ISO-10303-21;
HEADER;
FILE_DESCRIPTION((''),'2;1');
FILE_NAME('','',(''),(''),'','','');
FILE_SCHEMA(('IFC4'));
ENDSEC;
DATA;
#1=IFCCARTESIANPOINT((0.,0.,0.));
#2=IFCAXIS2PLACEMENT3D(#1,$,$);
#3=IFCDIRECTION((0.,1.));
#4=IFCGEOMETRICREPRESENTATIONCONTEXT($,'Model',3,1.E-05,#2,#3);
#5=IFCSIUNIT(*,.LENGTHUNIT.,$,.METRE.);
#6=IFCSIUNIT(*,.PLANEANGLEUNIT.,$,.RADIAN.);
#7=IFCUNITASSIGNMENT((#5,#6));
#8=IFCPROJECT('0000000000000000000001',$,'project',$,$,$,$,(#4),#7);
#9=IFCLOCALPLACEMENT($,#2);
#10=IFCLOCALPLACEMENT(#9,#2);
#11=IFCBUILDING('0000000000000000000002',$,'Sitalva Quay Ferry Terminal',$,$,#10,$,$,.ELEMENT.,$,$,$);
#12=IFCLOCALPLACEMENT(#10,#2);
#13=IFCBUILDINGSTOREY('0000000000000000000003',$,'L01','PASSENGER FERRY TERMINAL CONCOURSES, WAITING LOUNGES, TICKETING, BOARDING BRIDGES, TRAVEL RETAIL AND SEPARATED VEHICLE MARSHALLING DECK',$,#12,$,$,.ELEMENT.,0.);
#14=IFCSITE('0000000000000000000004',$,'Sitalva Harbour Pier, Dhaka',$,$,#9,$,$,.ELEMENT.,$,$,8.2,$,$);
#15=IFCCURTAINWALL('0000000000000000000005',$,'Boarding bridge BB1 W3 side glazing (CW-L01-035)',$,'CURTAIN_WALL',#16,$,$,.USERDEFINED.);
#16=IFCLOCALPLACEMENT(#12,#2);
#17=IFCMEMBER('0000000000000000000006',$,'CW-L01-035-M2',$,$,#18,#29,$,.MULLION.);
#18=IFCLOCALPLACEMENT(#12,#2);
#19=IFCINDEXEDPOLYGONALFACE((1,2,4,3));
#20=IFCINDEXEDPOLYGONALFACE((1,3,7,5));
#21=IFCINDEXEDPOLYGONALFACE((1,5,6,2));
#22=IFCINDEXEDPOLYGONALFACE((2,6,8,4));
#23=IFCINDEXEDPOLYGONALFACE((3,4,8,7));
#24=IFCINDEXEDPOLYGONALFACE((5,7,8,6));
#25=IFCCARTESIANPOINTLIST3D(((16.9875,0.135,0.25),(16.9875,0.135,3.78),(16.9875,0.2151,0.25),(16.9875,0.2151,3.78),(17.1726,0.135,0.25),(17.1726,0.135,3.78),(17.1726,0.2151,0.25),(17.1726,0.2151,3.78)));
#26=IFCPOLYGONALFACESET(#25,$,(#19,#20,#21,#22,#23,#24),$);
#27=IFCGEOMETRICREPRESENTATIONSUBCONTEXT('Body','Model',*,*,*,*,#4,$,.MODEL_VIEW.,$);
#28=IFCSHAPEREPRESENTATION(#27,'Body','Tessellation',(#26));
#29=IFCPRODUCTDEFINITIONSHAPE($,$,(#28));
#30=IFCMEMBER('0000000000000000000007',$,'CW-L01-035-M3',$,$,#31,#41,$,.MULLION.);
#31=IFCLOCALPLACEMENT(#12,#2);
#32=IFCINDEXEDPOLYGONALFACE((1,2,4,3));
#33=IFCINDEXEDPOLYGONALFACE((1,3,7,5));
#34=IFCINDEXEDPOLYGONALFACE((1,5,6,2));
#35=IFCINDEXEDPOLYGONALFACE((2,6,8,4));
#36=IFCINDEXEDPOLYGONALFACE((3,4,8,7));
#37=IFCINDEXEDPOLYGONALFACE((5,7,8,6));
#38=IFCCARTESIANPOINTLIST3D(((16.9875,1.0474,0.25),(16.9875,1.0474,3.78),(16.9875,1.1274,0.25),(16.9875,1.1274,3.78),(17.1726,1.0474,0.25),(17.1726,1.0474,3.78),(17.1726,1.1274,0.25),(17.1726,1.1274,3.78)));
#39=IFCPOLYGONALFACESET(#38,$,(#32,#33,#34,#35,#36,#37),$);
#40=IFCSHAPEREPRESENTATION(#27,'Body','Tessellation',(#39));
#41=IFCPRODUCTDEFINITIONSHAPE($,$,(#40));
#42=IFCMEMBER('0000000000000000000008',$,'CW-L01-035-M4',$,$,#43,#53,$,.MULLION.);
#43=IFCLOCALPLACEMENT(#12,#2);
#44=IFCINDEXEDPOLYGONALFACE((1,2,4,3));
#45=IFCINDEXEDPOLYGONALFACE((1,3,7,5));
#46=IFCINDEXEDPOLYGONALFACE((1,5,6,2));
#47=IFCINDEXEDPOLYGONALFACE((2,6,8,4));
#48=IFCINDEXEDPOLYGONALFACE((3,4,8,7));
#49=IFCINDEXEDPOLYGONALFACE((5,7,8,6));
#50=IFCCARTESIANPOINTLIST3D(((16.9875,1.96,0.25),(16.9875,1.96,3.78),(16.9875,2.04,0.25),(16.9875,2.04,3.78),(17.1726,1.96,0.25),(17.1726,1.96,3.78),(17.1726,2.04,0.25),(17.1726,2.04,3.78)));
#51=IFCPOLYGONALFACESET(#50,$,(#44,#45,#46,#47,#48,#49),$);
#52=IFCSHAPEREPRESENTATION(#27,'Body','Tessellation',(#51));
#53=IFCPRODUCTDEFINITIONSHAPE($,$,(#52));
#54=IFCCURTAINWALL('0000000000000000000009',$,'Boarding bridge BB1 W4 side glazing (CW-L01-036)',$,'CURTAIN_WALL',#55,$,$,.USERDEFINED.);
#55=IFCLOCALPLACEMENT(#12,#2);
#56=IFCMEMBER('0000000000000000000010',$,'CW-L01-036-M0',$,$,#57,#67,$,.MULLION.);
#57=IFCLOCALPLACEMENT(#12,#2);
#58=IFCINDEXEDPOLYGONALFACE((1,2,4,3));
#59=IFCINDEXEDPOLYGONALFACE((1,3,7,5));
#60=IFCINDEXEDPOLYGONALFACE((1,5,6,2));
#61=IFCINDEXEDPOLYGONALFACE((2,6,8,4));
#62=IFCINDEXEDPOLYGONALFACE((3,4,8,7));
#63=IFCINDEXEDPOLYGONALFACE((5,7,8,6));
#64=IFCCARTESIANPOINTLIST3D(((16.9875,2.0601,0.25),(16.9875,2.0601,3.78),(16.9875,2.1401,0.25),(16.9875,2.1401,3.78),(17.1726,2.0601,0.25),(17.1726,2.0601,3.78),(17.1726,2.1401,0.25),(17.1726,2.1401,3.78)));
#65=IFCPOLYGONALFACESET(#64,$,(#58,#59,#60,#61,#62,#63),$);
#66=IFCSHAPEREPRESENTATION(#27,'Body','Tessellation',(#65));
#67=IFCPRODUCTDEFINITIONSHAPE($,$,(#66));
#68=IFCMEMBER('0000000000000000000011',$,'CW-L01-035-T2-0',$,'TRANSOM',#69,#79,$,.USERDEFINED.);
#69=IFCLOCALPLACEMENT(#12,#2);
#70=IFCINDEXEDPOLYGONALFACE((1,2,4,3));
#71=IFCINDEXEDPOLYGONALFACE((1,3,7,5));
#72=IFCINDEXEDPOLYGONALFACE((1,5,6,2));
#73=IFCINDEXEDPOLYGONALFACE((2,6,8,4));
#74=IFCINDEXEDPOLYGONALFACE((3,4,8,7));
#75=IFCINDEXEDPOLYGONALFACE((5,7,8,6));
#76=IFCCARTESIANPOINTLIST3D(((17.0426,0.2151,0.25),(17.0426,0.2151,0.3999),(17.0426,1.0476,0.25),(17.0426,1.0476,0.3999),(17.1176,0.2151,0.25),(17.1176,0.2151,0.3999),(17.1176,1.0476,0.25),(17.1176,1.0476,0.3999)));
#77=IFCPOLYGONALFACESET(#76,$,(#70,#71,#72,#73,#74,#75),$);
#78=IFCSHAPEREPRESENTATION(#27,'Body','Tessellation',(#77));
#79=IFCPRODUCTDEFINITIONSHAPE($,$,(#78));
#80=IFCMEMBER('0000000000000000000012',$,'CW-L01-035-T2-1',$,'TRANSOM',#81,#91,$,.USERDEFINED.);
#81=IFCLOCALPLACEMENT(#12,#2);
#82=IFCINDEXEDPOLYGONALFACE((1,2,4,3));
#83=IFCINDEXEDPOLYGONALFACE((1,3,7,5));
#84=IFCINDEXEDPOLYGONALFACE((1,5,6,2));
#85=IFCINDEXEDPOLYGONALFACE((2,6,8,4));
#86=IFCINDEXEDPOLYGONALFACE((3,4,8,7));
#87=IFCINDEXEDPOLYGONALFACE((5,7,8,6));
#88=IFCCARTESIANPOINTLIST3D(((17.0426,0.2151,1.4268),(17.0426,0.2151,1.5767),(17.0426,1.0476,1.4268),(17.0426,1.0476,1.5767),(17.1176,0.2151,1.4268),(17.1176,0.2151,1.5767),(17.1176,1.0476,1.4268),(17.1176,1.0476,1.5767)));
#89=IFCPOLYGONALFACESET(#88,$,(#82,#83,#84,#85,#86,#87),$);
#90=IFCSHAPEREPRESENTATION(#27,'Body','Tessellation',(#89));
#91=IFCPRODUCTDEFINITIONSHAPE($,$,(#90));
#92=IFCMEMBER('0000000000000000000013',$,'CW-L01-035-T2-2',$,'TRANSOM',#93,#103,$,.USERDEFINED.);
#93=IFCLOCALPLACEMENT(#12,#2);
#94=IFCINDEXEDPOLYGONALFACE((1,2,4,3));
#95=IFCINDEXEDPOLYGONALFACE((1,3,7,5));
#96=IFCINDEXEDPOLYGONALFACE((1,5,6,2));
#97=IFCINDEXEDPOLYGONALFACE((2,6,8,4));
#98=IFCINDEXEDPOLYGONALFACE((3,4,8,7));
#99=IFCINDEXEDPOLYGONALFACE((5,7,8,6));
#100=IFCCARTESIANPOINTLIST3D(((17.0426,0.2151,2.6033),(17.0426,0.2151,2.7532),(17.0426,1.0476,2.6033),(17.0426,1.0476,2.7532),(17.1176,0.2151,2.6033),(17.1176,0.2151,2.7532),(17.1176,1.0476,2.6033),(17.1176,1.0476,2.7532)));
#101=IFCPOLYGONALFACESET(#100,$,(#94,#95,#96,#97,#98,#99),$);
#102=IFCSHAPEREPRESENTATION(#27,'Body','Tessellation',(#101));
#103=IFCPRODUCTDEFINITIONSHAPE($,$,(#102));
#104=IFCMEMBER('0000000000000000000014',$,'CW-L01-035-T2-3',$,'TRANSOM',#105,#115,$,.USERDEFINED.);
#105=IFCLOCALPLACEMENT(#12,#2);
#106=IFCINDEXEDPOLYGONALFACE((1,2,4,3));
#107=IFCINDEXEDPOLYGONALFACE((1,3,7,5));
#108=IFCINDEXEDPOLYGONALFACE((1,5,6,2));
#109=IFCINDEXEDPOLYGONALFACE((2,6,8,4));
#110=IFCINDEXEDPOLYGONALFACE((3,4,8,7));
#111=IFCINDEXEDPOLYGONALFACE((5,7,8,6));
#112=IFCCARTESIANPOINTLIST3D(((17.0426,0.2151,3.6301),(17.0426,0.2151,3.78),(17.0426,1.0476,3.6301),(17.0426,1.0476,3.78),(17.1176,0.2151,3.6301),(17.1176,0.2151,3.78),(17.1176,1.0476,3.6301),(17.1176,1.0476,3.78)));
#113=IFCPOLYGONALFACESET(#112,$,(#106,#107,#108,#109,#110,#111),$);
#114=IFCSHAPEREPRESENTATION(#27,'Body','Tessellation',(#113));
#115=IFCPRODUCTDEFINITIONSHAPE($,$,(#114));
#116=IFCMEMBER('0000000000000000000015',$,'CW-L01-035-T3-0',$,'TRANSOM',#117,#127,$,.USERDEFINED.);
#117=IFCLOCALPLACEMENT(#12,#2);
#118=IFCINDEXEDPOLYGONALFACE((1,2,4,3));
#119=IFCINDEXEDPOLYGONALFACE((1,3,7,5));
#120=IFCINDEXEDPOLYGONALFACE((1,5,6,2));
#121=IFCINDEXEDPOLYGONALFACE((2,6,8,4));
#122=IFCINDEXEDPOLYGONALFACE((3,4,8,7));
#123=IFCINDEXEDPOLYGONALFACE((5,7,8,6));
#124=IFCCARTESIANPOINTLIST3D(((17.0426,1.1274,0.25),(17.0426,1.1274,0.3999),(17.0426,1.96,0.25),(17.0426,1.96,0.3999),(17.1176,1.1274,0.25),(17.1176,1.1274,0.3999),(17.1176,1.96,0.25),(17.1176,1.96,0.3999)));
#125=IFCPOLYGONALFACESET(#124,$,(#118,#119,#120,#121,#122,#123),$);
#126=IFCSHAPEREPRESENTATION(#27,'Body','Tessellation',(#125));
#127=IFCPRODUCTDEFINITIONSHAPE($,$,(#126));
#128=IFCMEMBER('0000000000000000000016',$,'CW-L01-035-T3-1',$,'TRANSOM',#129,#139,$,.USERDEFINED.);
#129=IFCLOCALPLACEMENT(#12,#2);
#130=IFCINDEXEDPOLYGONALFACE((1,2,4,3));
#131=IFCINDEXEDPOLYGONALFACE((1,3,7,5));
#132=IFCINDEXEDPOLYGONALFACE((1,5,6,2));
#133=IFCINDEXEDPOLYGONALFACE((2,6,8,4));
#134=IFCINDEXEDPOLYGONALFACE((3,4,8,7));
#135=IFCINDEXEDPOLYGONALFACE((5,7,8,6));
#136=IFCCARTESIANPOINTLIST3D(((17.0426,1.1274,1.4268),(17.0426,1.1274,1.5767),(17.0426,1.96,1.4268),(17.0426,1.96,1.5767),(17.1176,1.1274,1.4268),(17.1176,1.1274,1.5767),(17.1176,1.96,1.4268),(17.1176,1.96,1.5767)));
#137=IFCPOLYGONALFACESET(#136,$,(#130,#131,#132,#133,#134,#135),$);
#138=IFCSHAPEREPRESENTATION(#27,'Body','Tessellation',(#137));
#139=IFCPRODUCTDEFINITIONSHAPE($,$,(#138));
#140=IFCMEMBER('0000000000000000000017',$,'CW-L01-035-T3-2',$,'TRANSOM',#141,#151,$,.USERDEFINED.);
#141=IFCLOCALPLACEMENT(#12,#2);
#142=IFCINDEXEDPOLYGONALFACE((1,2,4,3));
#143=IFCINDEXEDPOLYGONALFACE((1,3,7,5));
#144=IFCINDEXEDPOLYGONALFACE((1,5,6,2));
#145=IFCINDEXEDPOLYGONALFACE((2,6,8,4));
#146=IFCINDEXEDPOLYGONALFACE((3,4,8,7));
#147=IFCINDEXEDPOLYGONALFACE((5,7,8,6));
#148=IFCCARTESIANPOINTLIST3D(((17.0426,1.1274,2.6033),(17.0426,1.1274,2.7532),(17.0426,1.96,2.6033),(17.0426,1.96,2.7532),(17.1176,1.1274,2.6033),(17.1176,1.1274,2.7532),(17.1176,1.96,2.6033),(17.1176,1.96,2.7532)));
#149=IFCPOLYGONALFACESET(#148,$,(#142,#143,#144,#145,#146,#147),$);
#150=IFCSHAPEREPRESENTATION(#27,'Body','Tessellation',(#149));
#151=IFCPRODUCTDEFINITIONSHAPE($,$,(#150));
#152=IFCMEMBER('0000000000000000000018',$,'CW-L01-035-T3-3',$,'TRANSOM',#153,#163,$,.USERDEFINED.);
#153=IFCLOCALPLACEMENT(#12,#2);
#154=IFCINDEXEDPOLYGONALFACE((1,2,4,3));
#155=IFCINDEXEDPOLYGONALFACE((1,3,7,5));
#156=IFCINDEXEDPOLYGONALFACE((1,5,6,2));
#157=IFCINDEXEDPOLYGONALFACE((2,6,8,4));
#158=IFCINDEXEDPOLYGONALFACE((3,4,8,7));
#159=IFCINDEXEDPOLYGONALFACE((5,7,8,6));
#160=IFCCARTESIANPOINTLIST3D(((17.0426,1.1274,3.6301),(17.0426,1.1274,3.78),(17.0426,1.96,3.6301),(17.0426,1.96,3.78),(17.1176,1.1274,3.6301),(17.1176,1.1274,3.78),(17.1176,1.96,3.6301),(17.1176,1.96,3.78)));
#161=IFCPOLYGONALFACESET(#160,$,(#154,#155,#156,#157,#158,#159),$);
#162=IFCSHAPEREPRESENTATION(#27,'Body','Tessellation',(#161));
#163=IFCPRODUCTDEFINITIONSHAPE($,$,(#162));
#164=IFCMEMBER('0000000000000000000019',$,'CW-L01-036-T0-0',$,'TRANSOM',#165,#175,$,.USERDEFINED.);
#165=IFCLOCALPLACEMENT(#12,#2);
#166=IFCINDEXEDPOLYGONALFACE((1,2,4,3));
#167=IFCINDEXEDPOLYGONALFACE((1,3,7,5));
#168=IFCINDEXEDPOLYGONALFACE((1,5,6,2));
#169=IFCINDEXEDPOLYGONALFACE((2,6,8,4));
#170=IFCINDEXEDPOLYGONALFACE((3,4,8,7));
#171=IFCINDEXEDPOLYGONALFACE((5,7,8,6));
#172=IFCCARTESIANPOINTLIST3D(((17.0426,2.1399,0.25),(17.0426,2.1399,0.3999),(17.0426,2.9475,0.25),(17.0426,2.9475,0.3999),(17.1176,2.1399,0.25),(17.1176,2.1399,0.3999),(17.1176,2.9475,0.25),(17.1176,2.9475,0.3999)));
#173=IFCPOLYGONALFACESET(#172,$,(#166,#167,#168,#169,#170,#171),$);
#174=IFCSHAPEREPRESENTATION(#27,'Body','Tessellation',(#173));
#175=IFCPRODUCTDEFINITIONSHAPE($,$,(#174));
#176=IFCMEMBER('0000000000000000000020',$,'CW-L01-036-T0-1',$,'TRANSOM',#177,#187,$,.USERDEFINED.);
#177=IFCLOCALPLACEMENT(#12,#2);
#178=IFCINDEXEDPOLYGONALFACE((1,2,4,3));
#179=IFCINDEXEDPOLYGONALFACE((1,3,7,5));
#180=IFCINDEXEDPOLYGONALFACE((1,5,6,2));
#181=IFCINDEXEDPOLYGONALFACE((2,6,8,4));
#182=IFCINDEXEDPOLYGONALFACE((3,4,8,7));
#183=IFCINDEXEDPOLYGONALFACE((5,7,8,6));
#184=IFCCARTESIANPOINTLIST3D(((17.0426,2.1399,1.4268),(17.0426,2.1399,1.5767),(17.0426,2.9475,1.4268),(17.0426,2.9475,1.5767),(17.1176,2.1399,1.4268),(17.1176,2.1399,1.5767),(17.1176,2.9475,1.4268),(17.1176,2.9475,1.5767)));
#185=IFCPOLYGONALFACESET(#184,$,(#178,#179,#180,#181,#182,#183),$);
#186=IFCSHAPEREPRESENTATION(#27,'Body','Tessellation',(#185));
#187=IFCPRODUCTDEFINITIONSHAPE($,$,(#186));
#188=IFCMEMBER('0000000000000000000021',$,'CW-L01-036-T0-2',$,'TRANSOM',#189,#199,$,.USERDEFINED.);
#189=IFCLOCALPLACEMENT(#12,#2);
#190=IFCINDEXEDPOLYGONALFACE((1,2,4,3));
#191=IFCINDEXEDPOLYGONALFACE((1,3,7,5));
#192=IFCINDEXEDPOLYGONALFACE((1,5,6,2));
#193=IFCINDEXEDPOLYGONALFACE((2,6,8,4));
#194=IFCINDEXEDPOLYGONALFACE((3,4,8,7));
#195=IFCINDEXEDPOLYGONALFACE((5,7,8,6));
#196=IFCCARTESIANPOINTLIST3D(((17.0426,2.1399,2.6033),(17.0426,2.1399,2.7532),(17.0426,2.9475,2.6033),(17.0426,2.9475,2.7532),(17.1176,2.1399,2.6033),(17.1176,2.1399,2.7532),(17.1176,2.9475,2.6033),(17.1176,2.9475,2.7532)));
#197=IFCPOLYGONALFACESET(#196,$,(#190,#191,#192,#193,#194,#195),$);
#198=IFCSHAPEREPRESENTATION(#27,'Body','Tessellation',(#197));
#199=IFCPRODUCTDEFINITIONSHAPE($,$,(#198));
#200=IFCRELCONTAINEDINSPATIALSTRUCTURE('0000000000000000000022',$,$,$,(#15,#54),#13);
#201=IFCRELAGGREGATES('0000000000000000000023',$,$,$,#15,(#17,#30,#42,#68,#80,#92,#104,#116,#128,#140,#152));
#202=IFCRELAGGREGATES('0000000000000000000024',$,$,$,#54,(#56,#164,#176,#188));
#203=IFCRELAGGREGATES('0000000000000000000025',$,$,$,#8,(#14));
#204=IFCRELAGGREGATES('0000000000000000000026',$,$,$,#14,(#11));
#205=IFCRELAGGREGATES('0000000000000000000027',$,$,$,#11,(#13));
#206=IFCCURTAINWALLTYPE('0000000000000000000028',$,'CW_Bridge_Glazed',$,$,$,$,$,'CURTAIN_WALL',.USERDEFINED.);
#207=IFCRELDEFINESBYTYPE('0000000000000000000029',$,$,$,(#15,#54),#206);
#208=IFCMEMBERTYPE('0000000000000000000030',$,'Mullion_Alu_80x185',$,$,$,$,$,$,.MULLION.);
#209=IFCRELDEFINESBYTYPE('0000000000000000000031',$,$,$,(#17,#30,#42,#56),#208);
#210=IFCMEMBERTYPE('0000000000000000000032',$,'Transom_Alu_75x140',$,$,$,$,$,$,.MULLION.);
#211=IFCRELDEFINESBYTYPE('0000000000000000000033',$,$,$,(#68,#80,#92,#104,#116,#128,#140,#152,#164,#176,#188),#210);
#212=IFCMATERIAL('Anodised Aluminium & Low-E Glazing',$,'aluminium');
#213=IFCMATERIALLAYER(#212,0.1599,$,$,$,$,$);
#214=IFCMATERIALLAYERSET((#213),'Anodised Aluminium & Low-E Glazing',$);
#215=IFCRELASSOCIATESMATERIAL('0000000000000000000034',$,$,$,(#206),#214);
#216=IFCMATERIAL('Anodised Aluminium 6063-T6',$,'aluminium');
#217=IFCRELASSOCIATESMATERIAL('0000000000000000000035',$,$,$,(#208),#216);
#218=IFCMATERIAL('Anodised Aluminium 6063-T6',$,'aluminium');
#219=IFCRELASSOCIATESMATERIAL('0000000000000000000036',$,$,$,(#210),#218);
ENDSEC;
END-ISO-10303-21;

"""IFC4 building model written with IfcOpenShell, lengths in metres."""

from ifc_helpers import new_model, si_unit, direction, frame, origin, origin_2d, place, context, subcontext, project, spatial, rectangle, extrude, material, layer, layer_set, material_profile, profile_set, type_object, element, aggregate, save


model = new_model("IFC4")

# Units and contexts
model_context = context("Model", 3, precision=1e-05, world=origin(), true_north=direction((0.0, 1.0)))
body_context = subcontext(model_context, "Body", "Model", "MODEL_VIEW")
ifc_project = project(units=[si_unit("LENGTHUNIT", "METRE"), si_unit("PLANEANGLEUNIT", "RADIAN")], contexts=[model_context])

# Site, building, storey
site_placement = place(None, origin())
site = spatial("IfcSite", under=ifc_project, at=site_placement, Name="Sitalva Harbour Pier, Dhaka", CompositionType="ELEMENT", RefElevation=8.2)
building_placement = place(site_placement, origin())
building = spatial("IfcBuilding", under=site, at=building_placement, Name="Sitalva Quay Ferry Terminal", CompositionType="ELEMENT")
storey_placement = place(building_placement, origin())
storey = spatial("IfcBuildingStorey", under=building, at=storey_placement, Name="L01", Description="PASSENGER FERRY TERMINAL CONCOURSES, WAITING LOUNGES, TICKETING, BOARDING BRIDGES, TRAVEL RETAIL AND SEPARATED VEHICLE MARSHALLING DECK", CompositionType="ELEMENT", Elevation=0.0)

# Curtain wall, members
ifc_material_1 = material(Name="Anodised Aluminium & Low-E Glazing", Category="aluminium")
ifc_layer_1 = layer(ifc_material_1, 0.1599)
ifc_layer_set_1 = layer_set([ifc_layer_1], Name="Anodised Aluminium & Low-E Glazing")
curtain_wall_type = type_object("IfcCurtainWallType", Name="CW_Bridge_Glazed", ElementType="CURTAIN_WALL", PredefinedType="USERDEFINED", material=ifc_layer_set_1)
curtain_wall_1_placement = place(storey_placement, origin())
curtain_wall_1 = element("IfcCurtainWall", 1, at=curtain_wall_1_placement, inside=storey, type_object=curtain_wall_type, Name="Boarding bridge BB1 W3 side glazing (CW-L01-035)", ObjectType="CURTAIN_WALL", PredefinedType="USERDEFINED")
ifc_material_2 = material(Name="Anodised Aluminium 6063-T6", Category="aluminium")
ifc_material_profile_1 = material_profile(ifc_material_2, rectangle(XDim=0.0801, YDim=0.1851, at=origin_2d()), Name="ALU80x185")
ifc_profile_set_1 = profile_set([ifc_material_profile_1], Name="Anodised Aluminium 6063-T6")
member_type_1 = type_object("IfcMemberType", Name="Mullion_Alu_80x185", PredefinedType="MULLION", material=ifc_profile_set_1)
member_1_placement = place(storey_placement, frame((17.0801, 0.175, 0.25), z_axis=(0.0, 0.0, 1.0), x_axis=(0.0, 1.0, 0.0)))
member_1 = element("IfcMember", 2, at=member_1_placement, type_object=member_type_1, Name="CW-L01-035-M2", PredefinedType="MULLION", context=body_context, shape_type="SweptSolid", body=[
    extrude(rectangle(XDim=0.0801, YDim=0.1851, at=origin_2d()), origin(), (0.0, 0.0, 1.0), 3.53),
])
member_2_placement = place(storey_placement, frame((17.0801, 1.0874, 0.25), z_axis=(0.0, 0.0, 1.0), x_axis=(0.0, 1.0, 0.0)))
member_2 = element("IfcMember", 3, at=member_2_placement, type_object=member_type_1, Name="CW-L01-035-M3", PredefinedType="MULLION", context=body_context, shape_type="SweptSolid", body=[
    extrude(rectangle(XDim=0.0801, YDim=0.1851, at=origin_2d()), origin(), (0.0, 0.0, 1.0), 3.53),
])
member_3_placement = place(storey_placement, frame((17.0801, 2.0, 0.25), z_axis=(0.0, 0.0, 1.0), x_axis=(0.0, 1.0, 0.0)))
member_3 = element("IfcMember", 4, at=member_3_placement, type_object=member_type_1, Name="CW-L01-035-M4", PredefinedType="MULLION", context=body_context, shape_type="SweptSolid", body=[
    extrude(rectangle(XDim=0.0801, YDim=0.1851, at=origin_2d()), origin(), (0.0, 0.0, 1.0), 3.53),
])

# Curtain wall, member
curtain_wall_2_placement = place(storey_placement, origin())
curtain_wall_2 = element("IfcCurtainWall", 5, at=curtain_wall_2_placement, inside=storey, type_object=curtain_wall_type, Name="Boarding bridge BB1 W4 side glazing (CW-L01-036)", ObjectType="CURTAIN_WALL", PredefinedType="USERDEFINED")
member_4_placement = place(storey_placement, frame((17.0801, 2.1001, 0.25), z_axis=(0.0, 0.0, 1.0), x_axis=(0.0, 1.0, 0.0)))
member_4 = element("IfcMember", 6, at=member_4_placement, type_object=member_type_1, Name="CW-L01-036-M0", PredefinedType="MULLION", context=body_context, shape_type="SweptSolid", body=[
    extrude(rectangle(XDim=0.0801, YDim=0.1851, at=origin_2d()), origin(), (0.0, 0.0, 1.0), 3.53),
])

# Members
ifc_material_3 = material(Name="Anodised Aluminium 6063-T6", Category="aluminium")
ifc_material_profile_2 = material_profile(ifc_material_3, rectangle(XDim=0.075, YDim=0.1499, at=origin_2d()), Name="ALU75x150")
ifc_profile_set_2 = profile_set([ifc_material_profile_2], Name="Anodised Aluminium 6063-T6")
member_type_2 = type_object("IfcMemberType", Name="Transom_Alu_75x140", PredefinedType="MULLION", material=ifc_profile_set_2)
member_5_placement = place(storey_placement, frame((17.0801, 0.2151, 0.325), z_axis=(0.0, 1.0, 0.0), x_axis=(-1.0, 0.0, 0.0)))
member_5 = element("IfcMember", 7, at=member_5_placement, type_object=member_type_2, Name="CW-L01-035-T2-0", ObjectType="TRANSOM", PredefinedType="USERDEFINED", context=body_context, shape_type="SweptSolid", body=[
    extrude(rectangle(XDim=0.075, YDim=0.1499, at=origin_2d()), origin(), (0.0, 0.0, 1.0), 0.8325),
])
member_6_placement = place(storey_placement, frame((17.0801, 0.2151, 1.5017), z_axis=(0.0, 1.0, 0.0), x_axis=(-1.0, 0.0, 0.0)))
member_6 = element("IfcMember", 8, at=member_6_placement, type_object=member_type_2, Name="CW-L01-035-T2-1", ObjectType="TRANSOM", PredefinedType="USERDEFINED", context=body_context, shape_type="SweptSolid", body=[
    extrude(rectangle(XDim=0.075, YDim=0.1499, at=origin_2d()), origin(), (0.0, 0.0, 1.0), 0.8325),
])
member_7_placement = place(storey_placement, frame((17.0801, 0.2151, 2.6782), z_axis=(0.0, 1.0, 0.0), x_axis=(-1.0, 0.0, 0.0)))
member_7 = element("IfcMember", 9, at=member_7_placement, type_object=member_type_2, Name="CW-L01-035-T2-2", ObjectType="TRANSOM", PredefinedType="USERDEFINED", context=body_context, shape_type="SweptSolid", body=[
    extrude(rectangle(XDim=0.075, YDim=0.1499, at=origin_2d()), origin(), (0.0, 0.0, 1.0), 0.8325),
])
member_8_placement = place(storey_placement, frame((17.0801, 0.2151, 3.7051), z_axis=(0.0, 1.0, 0.0), x_axis=(-1.0, 0.0, 0.0)))
member_8 = element("IfcMember", 10, at=member_8_placement, type_object=member_type_2, Name="CW-L01-035-T2-3", ObjectType="TRANSOM", PredefinedType="USERDEFINED", context=body_context, shape_type="SweptSolid", body=[
    extrude(rectangle(XDim=0.075, YDim=0.1499, at=origin_2d()), origin(), (0.0, 0.0, 1.0), 0.8325),
])
member_9_placement = place(storey_placement, frame((17.0801, 1.1274, 0.325), z_axis=(0.0, 1.0, 0.0), x_axis=(-1.0, 0.0, 0.0)))
member_9 = element("IfcMember", 11, at=member_9_placement, type_object=member_type_2, Name="CW-L01-035-T3-0", ObjectType="TRANSOM", PredefinedType="USERDEFINED", context=body_context, shape_type="SweptSolid", body=[
    extrude(rectangle(XDim=0.075, YDim=0.1499, at=origin_2d()), origin(), (0.0, 0.0, 1.0), 0.8325),
])
member_10_placement = place(storey_placement, frame((17.0801, 1.1274, 1.5017), z_axis=(0.0, 1.0, 0.0), x_axis=(-1.0, 0.0, 0.0)))
member_10 = element("IfcMember", 12, at=member_10_placement, type_object=member_type_2, Name="CW-L01-035-T3-1", ObjectType="TRANSOM", PredefinedType="USERDEFINED", context=body_context, shape_type="SweptSolid", body=[
    extrude(rectangle(XDim=0.075, YDim=0.1499, at=origin_2d()), origin(), (0.0, 0.0, 1.0), 0.8325),
])
member_11_placement = place(storey_placement, frame((17.0801, 1.1274, 2.6782), z_axis=(0.0, 1.0, 0.0), x_axis=(-1.0, 0.0, 0.0)))
member_11 = element("IfcMember", 13, at=member_11_placement, type_object=member_type_2, Name="CW-L01-035-T3-2", ObjectType="TRANSOM", PredefinedType="USERDEFINED", context=body_context, shape_type="SweptSolid", body=[
    extrude(rectangle(XDim=0.075, YDim=0.1499, at=origin_2d()), origin(), (0.0, 0.0, 1.0), 0.8325),
])
member_12_placement = place(storey_placement, frame((17.0801, 1.1274, 3.7051), z_axis=(0.0, 1.0, 0.0), x_axis=(-1.0, 0.0, 0.0)))
member_12 = element("IfcMember", 14, at=member_12_placement, type_object=member_type_2, Name="CW-L01-035-T3-3", ObjectType="TRANSOM", PredefinedType="USERDEFINED", context=body_context, shape_type="SweptSolid", body=[
    extrude(rectangle(XDim=0.075, YDim=0.1499, at=origin_2d()), origin(), (0.0, 0.0, 1.0), 0.8325),
])
member_13_placement = place(storey_placement, frame((17.0801, 2.1399, 0.325), z_axis=(0.0, 1.0, 0.0), x_axis=(-1.0, 0.0, 0.0)))
member_13 = element("IfcMember", 15, at=member_13_placement, type_object=member_type_2, Name="CW-L01-036-T0-0", ObjectType="TRANSOM", PredefinedType="USERDEFINED", context=body_context, shape_type="SweptSolid", body=[
    extrude(rectangle(XDim=0.075, YDim=0.1499, at=origin_2d()), origin(), (0.0, 0.0, 1.0), 0.8076),
])
member_14_placement = place(storey_placement, frame((17.0801, 2.1399, 1.5017), z_axis=(0.0, 1.0, 0.0), x_axis=(-1.0, 0.0, 0.0)))
member_14 = element("IfcMember", 16, at=member_14_placement, type_object=member_type_2, Name="CW-L01-036-T0-1", ObjectType="TRANSOM", PredefinedType="USERDEFINED", context=body_context, shape_type="SweptSolid", body=[
    extrude(rectangle(XDim=0.075, YDim=0.1499, at=origin_2d()), origin(), (0.0, 0.0, 1.0), 0.8076),
])
member_15_placement = place(storey_placement, frame((17.0801, 2.1399, 2.6782), z_axis=(0.0, 1.0, 0.0), x_axis=(-1.0, 0.0, 0.0)))
member_15 = element("IfcMember", 17, at=member_15_placement, type_object=member_type_2, Name="CW-L01-036-T0-2", ObjectType="TRANSOM", PredefinedType="USERDEFINED", context=body_context, shape_type="SweptSolid", body=[
    extrude(rectangle(XDim=0.075, YDim=0.1499, at=origin_2d()), origin(), (0.0, 0.0, 1.0), 0.8076),
])

aggregate(curtain_wall_1, [member_1, member_2, member_3, member_5, member_6, member_7, member_8, member_9, member_10, member_11, member_12])
aggregate(curtain_wall_2, [member_4, member_13, member_14, member_15])

save(model, "model.ifc")
